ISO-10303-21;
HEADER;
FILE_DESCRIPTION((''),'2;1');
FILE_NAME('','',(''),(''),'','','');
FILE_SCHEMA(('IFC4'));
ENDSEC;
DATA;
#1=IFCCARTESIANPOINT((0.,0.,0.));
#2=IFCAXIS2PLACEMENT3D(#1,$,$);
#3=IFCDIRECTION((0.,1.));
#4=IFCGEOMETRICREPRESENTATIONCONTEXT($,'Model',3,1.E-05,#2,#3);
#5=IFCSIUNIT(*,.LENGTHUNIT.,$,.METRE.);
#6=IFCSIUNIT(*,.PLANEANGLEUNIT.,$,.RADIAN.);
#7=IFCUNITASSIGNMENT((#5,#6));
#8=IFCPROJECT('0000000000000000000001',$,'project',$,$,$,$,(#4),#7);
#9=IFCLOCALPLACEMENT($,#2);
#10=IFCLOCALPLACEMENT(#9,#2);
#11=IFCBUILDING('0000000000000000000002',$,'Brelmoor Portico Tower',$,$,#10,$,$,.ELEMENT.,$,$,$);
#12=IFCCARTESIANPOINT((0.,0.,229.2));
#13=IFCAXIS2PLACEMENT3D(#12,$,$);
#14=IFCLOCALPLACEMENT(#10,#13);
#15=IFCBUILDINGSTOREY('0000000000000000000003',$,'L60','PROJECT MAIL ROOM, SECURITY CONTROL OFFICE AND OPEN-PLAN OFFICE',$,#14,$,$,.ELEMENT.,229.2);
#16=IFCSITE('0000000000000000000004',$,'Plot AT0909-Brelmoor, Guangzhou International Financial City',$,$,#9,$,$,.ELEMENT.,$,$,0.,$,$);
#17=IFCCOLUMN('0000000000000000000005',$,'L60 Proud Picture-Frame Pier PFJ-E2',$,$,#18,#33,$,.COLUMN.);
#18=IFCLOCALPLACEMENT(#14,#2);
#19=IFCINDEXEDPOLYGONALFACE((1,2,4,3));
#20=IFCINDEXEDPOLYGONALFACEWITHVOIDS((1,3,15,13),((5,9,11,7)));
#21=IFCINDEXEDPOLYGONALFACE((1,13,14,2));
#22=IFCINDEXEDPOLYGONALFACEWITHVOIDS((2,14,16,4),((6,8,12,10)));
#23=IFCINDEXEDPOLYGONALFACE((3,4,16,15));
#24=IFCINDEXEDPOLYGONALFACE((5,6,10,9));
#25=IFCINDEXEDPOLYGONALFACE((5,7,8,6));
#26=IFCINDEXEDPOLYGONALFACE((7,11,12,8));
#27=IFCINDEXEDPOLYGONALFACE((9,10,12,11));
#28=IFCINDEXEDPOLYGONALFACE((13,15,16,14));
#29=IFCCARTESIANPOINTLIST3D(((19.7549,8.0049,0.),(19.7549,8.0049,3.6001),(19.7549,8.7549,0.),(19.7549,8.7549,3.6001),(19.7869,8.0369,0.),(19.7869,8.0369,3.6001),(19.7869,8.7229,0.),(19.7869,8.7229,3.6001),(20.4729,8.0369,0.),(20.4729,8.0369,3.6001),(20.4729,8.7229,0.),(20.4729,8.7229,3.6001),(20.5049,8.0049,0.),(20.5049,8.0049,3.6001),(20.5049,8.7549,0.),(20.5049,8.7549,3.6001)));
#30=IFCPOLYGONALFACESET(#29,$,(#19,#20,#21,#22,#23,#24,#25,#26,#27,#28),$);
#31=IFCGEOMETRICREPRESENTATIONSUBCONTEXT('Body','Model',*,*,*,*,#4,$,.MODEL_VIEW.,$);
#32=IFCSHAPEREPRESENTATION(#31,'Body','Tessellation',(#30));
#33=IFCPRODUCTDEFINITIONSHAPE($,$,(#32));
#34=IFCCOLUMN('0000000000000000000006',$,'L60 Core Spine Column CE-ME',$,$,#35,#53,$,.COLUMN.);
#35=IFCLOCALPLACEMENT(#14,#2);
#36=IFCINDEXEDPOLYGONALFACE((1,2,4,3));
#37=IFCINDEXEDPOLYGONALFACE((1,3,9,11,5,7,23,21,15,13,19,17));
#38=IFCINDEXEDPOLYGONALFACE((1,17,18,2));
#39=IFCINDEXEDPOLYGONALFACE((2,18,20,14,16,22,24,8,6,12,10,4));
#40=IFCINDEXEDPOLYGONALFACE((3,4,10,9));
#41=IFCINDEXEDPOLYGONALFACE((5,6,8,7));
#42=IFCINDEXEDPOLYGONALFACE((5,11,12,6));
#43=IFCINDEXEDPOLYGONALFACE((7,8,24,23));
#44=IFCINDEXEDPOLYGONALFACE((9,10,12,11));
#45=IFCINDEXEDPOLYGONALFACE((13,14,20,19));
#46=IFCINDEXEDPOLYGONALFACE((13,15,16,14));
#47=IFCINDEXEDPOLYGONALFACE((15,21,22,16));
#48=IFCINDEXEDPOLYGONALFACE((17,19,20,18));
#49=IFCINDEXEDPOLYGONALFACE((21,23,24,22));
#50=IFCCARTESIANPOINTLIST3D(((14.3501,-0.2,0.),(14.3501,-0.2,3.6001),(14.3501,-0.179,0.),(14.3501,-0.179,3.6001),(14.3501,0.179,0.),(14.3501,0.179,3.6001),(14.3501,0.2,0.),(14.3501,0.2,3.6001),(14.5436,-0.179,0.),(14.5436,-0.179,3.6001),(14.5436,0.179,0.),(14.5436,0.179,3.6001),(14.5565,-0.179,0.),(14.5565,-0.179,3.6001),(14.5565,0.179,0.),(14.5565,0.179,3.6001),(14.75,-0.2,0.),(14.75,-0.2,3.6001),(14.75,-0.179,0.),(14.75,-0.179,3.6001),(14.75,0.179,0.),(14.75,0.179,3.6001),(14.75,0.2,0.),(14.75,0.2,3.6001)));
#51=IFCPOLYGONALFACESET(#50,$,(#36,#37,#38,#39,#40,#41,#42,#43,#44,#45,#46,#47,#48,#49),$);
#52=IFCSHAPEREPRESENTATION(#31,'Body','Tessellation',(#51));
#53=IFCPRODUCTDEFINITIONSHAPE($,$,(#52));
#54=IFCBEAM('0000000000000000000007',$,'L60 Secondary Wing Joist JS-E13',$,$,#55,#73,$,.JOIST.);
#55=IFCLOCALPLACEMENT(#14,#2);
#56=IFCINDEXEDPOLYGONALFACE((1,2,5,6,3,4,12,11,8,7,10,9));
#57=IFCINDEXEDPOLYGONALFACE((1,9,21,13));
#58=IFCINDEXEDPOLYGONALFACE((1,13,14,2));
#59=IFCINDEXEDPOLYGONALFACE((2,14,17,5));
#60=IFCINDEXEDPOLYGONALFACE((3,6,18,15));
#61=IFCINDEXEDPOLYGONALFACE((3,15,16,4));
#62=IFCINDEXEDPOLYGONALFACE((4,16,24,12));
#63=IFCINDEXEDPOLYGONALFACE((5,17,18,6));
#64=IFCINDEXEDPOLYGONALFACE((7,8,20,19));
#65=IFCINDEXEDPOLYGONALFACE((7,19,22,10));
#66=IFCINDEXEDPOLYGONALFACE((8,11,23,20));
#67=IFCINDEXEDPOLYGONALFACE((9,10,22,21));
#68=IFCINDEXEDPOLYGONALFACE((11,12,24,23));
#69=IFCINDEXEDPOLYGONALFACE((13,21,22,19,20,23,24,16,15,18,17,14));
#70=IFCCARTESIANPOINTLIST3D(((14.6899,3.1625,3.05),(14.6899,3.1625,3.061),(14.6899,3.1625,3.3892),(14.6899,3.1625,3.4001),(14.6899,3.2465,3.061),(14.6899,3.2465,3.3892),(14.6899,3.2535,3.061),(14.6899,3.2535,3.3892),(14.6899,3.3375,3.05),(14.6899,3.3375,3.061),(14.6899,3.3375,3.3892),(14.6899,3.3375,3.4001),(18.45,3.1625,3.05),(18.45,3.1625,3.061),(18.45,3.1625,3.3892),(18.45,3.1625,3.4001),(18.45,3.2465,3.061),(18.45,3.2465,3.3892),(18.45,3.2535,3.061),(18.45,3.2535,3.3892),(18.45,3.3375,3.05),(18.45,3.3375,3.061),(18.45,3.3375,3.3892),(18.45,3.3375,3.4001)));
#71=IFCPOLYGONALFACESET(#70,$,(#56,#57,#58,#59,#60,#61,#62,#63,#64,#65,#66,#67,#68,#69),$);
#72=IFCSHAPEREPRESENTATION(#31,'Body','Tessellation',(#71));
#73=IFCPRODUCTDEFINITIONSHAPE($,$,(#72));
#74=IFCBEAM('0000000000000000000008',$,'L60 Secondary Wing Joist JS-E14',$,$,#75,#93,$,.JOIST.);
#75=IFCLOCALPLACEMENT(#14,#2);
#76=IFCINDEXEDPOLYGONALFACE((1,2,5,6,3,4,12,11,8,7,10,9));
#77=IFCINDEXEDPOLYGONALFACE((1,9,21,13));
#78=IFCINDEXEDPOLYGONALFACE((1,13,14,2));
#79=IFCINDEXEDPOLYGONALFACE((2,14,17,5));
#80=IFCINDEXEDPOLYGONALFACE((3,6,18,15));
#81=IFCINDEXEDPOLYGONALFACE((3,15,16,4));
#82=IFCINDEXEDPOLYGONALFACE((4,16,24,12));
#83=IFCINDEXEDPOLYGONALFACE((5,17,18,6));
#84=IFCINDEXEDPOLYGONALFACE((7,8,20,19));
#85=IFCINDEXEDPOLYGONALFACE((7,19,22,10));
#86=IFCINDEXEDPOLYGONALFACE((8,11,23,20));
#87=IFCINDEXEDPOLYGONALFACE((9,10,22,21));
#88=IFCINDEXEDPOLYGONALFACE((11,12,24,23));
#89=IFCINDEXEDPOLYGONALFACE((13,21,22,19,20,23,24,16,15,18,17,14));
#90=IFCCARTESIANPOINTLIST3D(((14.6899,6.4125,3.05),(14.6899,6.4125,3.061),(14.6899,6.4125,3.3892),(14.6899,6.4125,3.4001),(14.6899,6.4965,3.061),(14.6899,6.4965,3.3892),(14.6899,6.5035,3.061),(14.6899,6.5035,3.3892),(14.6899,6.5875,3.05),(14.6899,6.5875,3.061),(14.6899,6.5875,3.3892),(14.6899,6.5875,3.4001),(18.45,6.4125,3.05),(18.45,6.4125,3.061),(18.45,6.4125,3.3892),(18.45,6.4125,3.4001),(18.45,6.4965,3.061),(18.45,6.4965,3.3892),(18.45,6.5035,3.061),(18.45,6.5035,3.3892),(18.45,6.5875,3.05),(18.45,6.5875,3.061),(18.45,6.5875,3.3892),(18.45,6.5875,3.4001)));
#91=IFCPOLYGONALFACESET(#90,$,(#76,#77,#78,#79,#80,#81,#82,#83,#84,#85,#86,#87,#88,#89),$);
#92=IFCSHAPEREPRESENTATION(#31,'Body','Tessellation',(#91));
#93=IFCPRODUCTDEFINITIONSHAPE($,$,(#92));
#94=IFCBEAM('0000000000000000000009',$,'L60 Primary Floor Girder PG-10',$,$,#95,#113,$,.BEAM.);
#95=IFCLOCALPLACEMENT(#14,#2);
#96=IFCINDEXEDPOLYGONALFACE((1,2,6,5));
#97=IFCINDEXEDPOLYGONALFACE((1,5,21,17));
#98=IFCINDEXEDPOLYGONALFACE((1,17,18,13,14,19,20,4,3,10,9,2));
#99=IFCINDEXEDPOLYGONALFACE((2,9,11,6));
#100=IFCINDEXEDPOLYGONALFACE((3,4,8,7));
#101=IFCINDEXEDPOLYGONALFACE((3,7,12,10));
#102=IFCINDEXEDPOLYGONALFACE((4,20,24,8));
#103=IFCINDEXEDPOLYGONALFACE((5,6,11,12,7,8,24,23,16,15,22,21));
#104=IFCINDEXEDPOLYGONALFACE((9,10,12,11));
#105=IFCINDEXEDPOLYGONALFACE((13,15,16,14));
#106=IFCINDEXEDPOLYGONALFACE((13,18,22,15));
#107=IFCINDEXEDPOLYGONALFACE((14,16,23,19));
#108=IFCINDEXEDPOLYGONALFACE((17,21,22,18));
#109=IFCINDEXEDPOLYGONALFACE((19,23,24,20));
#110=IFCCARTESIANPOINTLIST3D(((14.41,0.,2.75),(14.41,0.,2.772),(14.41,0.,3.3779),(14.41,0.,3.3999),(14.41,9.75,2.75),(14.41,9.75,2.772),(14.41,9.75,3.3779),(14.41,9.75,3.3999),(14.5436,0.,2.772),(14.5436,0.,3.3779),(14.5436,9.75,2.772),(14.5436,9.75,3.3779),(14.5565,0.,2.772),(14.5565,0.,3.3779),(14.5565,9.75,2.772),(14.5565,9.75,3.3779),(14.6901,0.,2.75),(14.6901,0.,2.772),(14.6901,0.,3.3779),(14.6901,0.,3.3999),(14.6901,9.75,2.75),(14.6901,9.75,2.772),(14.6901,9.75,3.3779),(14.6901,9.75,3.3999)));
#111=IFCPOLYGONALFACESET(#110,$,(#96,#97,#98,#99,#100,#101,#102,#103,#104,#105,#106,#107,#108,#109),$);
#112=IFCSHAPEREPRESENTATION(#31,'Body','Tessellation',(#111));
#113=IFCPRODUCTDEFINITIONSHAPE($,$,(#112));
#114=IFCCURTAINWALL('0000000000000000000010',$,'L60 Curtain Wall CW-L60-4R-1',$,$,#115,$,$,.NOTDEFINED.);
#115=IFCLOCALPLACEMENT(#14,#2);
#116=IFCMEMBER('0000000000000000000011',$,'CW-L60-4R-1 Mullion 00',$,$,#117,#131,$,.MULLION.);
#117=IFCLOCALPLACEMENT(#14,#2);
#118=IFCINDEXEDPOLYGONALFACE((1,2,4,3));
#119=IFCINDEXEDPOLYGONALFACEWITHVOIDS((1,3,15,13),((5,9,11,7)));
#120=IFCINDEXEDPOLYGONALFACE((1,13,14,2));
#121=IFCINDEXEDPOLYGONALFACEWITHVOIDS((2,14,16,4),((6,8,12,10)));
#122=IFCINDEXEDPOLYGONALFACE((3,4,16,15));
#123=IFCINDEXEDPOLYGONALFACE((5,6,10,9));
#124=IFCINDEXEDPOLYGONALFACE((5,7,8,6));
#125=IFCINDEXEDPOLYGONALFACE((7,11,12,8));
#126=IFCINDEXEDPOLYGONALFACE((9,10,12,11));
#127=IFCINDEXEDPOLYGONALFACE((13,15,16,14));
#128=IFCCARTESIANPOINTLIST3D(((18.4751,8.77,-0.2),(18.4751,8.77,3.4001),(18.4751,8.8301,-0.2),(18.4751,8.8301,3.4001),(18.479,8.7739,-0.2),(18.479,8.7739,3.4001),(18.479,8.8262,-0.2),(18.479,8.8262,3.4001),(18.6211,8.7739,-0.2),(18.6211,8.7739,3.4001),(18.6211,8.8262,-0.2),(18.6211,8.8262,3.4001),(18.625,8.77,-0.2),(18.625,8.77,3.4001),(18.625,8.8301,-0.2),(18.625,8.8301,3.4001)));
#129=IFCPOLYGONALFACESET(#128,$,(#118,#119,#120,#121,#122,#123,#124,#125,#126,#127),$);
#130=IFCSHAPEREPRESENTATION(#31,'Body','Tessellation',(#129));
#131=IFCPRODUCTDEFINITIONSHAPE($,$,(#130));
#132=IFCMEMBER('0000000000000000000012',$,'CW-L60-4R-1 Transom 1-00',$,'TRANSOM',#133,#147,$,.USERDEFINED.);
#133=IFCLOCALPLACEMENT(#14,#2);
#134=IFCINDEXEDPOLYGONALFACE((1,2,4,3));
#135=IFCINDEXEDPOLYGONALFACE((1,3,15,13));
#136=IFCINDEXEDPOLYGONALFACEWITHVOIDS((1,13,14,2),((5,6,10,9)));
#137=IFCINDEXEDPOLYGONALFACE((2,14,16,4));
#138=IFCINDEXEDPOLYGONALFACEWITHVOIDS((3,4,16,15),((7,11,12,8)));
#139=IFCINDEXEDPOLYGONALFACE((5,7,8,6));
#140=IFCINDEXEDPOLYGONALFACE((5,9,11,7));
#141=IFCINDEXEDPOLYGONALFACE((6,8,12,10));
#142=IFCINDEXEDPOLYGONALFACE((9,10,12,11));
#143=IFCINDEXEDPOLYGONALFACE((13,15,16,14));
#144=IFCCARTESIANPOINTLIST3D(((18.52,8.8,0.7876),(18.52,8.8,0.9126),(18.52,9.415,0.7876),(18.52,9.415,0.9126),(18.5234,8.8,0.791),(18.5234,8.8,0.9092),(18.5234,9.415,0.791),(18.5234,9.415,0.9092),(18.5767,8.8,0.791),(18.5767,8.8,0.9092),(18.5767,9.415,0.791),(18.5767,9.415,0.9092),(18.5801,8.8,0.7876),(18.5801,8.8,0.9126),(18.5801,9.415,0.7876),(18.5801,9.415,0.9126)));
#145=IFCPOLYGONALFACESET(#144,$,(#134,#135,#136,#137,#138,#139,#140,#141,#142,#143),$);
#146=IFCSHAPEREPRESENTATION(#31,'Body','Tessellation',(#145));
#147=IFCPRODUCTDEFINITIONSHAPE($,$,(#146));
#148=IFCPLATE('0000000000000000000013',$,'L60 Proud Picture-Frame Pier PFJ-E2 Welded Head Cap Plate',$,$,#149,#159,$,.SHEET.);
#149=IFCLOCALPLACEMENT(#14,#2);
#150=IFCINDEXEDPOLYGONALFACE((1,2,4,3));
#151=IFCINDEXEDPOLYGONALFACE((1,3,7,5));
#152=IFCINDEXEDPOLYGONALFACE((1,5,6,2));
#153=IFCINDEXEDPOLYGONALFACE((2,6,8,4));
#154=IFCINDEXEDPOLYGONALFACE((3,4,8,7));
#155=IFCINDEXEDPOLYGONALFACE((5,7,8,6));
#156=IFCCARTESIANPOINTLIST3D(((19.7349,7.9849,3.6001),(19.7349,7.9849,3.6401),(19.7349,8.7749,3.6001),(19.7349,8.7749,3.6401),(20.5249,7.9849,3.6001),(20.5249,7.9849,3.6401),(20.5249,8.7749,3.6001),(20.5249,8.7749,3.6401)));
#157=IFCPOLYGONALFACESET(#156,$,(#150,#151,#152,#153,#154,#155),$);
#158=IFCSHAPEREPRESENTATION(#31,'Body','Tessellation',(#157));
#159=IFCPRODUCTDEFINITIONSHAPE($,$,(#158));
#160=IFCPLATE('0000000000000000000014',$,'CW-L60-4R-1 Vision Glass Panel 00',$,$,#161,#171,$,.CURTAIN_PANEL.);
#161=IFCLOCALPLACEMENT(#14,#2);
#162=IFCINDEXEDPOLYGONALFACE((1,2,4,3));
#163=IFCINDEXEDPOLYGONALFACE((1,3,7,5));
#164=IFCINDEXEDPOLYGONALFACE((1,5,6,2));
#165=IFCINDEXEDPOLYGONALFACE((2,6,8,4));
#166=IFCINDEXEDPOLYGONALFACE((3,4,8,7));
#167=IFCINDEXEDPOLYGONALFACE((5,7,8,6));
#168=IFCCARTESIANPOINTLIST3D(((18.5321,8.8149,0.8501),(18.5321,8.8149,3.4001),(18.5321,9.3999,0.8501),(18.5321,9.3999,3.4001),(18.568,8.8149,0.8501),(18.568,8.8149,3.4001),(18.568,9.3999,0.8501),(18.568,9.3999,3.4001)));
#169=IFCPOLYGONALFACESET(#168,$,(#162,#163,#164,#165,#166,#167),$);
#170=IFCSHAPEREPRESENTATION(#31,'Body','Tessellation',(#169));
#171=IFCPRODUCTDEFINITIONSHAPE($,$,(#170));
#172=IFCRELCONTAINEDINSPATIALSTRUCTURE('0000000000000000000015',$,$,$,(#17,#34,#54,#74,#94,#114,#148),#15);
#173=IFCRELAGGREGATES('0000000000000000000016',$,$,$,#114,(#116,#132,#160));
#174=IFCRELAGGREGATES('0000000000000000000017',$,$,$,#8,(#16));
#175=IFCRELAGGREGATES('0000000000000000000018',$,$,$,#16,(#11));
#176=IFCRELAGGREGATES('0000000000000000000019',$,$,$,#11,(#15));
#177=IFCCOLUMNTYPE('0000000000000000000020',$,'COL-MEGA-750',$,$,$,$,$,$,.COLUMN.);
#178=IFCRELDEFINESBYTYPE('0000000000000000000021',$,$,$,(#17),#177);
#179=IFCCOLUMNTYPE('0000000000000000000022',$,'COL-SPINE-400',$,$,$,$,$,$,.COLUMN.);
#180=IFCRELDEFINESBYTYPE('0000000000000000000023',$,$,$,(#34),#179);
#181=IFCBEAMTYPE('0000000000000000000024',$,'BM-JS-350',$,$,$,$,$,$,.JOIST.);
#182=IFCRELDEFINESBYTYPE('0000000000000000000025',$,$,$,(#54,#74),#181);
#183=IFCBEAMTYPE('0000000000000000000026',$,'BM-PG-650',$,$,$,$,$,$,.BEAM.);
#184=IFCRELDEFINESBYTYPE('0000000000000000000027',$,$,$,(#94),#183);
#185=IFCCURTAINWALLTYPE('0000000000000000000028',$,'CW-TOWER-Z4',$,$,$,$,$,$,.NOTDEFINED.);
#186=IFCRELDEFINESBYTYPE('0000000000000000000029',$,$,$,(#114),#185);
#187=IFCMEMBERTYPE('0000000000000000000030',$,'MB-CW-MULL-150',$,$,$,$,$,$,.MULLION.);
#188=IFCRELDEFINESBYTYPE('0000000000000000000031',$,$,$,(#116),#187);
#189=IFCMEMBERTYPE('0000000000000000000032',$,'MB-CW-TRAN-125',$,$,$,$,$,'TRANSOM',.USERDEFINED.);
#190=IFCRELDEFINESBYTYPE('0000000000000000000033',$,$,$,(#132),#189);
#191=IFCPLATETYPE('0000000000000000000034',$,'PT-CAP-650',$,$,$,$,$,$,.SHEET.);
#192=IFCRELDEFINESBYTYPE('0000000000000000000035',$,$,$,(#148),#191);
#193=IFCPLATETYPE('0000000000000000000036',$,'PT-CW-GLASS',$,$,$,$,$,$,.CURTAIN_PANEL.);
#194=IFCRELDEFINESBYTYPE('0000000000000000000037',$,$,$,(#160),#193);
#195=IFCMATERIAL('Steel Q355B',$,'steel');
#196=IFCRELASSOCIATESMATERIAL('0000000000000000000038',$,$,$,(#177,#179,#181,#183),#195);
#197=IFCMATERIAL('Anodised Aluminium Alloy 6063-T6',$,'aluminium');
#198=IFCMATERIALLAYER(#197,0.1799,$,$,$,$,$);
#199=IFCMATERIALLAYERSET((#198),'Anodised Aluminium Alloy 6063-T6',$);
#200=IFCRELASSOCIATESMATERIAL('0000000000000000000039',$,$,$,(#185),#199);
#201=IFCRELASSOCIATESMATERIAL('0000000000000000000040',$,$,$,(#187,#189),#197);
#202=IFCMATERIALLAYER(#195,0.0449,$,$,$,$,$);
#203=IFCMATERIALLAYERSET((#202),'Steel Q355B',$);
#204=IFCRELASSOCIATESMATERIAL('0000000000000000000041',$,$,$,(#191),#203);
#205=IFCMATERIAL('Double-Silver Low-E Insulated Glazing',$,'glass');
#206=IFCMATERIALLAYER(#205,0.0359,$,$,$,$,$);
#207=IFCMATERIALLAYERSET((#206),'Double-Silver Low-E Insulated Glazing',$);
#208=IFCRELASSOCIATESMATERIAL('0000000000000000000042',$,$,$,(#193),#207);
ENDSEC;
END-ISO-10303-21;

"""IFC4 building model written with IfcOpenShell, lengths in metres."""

from ifc_helpers import new_model, si_unit, direction, frame, origin, origin_2d, place, context, subcontext, project, spatial, rectangle, hollow_rectangle, i_section, extrude, material, layer, layer_set, material_profile, profile_set, type_object, element, aggregate, save


model = new_model("IFC4")

# Units and contexts
model_context = context("Model", 3, precision=1e-05, world=origin(), true_north=direction((0.0, 1.0)))
body_context = subcontext(model_context, "Body", "Model", "MODEL_VIEW")
ifc_project = project(units=[si_unit("LENGTHUNIT", "METRE"), si_unit("PLANEANGLEUNIT", "RADIAN")], contexts=[model_context])

# Site, building, storey
site_placement = place(None, origin())
site = spatial("IfcSite", under=ifc_project, at=site_placement, Name="Plot AT0909-Brelmoor, Guangzhou International Financial City", CompositionType="ELEMENT", RefElevation=0.0)
building_placement = place(site_placement, origin())
building = spatial("IfcBuilding", under=site, at=building_placement, Name="Brelmoor Portico Tower", CompositionType="ELEMENT")
storey_placement = place(building_placement, frame((0.0, 0.0, 229.2)))
storey = spatial("IfcBuildingStorey", under=building, at=storey_placement, Name="L60", Description="PROJECT MAIL ROOM, SECURITY CONTROL OFFICE AND OPEN-PLAN OFFICE", CompositionType="ELEMENT", Elevation=229.2)

# Columns
ifc_material_1 = material(Name="Steel Q355B", Category="steel")
ifc_material_profile_1 = material_profile(ifc_material_1, hollow_rectangle(XDim=0.75, YDim=0.75, WallThickness=0.032, at=origin_2d()), Name="BOX 750x750x32")
ifc_profile_set_1 = profile_set([ifc_material_profile_1], Name="Steel Q355B")
column_type_1 = type_object("IfcColumnType", Name="COL-MEGA-750", PredefinedType="COLUMN", material=ifc_profile_set_1)
column_1_placement = place(storey_placement, frame((20.1299, 8.3799, 0.0), z_axis=(0.0, 0.0, 1.0), x_axis=(0.0, 1.0, 0.0)))
element("IfcColumn", 1, at=column_1_placement, inside=storey, type_object=column_type_1, Name="L60 Proud Picture-Frame Pier PFJ-E2", PredefinedType="COLUMN", context=body_context, shape_type="SweptSolid", body=[
    extrude(hollow_rectangle(XDim=0.75, YDim=0.75, WallThickness=0.032, at=origin_2d()), origin(), (0.0, 0.0, 1.0), 3.6001),
])
ifc_material_profile_2 = material_profile(ifc_material_1, i_section(OverallWidth=0.3999, OverallDepth=0.3999, WebThickness=0.0129, FlangeThickness=0.021, at=origin_2d()), Name="HW 400x400x13x21")
ifc_profile_set_2 = profile_set([ifc_material_profile_2], Name="Steel Q355B")
column_type_2 = type_object("IfcColumnType", Name="COL-SPINE-400", PredefinedType="COLUMN", material=ifc_profile_set_2)
column_2_placement = place(storey_placement, frame((14.55, 0.0, 0.0), z_axis=(0.0, 0.0, 1.0), x_axis=(1.0, 0.0, 0.0)))
element("IfcColumn", 2, at=column_2_placement, inside=storey, type_object=column_type_2, Name="L60 Core Spine Column CE-ME", PredefinedType="COLUMN", context=body_context, shape_type="SweptSolid", body=[
    extrude(i_section(OverallWidth=0.3999, OverallDepth=0.3999, WebThickness=0.0129, FlangeThickness=0.021, at=origin_2d()), origin(), (0.0, 0.0, 1.0), 3.6001),
])

# Beams
ifc_material_profile_3 = material_profile(ifc_material_1, i_section(OverallWidth=0.175, OverallDepth=0.3501, WebThickness=0.0071, FlangeThickness=0.011, at=origin_2d()), Name="HN 350x175x7x11")
ifc_profile_set_3 = profile_set([ifc_material_profile_3], Name="Steel Q355B")
beam_type_1 = type_object("IfcBeamType", Name="BM-JS-350", PredefinedType="JOIST", material=ifc_profile_set_3)
for number, where, z_axis, x_axis, name in (
    (3, (14.6899, 3.25, 3.2251), (1.0, 0.0, 0.0), (0.0, 1.0, 0.0), "L60 Secondary Wing Joist JS-E13"),
    (4, (14.6899, 6.5, 3.2251), (1.0, 0.0, 0.0), (0.0, 1.0, 0.0), "L60 Secondary Wing Joist JS-E14"),
):
    element("IfcBeam", number, at=place(storey_placement, frame(where, z_axis=z_axis, x_axis=x_axis)), inside=storey, type_object=beam_type_1, Name=name, PredefinedType="JOIST", context=body_context, shape_type="SweptSolid", body=[
        extrude(i_section(OverallWidth=0.175, OverallDepth=0.3501, WebThickness=0.0071, FlangeThickness=0.011, at=origin_2d()), origin(), (0.0, 0.0, 1.0), 3.76),
    ])
ifc_material_profile_4 = material_profile(ifc_material_1, i_section(OverallWidth=0.28, OverallDepth=0.6499, WebThickness=0.0129, FlangeThickness=0.022, at=origin_2d()), Name="HN 650x280x13x22")
ifc_profile_set_4 = profile_set([ifc_material_profile_4], Name="Steel Q355B")
beam_type_2 = type_object("IfcBeamType", Name="BM-PG-650", PredefinedType="BEAM", material=ifc_profile_set_4)
beam_placement = place(storey_placement, frame((14.55, 0.0, 3.075), z_axis=(0.0, 1.0, 0.0), x_axis=(-1.0, 0.0, 0.0)))
element("IfcBeam", 5, at=beam_placement, inside=storey, type_object=beam_type_2, Name="L60 Primary Floor Girder PG-10", PredefinedType="BEAM", context=body_context, shape_type="SweptSolid", body=[
    extrude(i_section(OverallWidth=0.28, OverallDepth=0.6499, WebThickness=0.0129, FlangeThickness=0.022, at=origin_2d()), origin(), (0.0, 0.0, 1.0), 9.75),
])

# Curtain wall, members
ifc_material_2 = material(Name="Anodised Aluminium Alloy 6063-T6", Category="aluminium")
ifc_layer_1 = layer(ifc_material_2, 0.1799)
ifc_layer_set_1 = layer_set([ifc_layer_1], Name="Anodised Aluminium Alloy 6063-T6")
curtain_wall_type = type_object("IfcCurtainWallType", Name="CW-TOWER-Z4", PredefinedType="NOTDEFINED", material=ifc_layer_set_1)
curtain_wall_placement = place(storey_placement, origin())
curtain_wall = element("IfcCurtainWall", 6, at=curtain_wall_placement, inside=storey, type_object=curtain_wall_type, Name="L60 Curtain Wall CW-L60-4R-1", PredefinedType="NOTDEFINED")
ifc_material_profile_5 = material_profile(ifc_material_2, hollow_rectangle(XDim=0.0601, YDim=0.1499, WallThickness=0.0039, at=origin_2d()), Name="ALU MULLION 60x150")
ifc_profile_set_5 = profile_set([ifc_material_profile_5], Name="Anodised Aluminium Alloy 6063-T6")
member_type_1 = type_object("IfcMemberType", Name="MB-CW-MULL-150", PredefinedType="MULLION", material=ifc_profile_set_5)
member_1_placement = place(storey_placement, frame((18.55, 8.8, -0.2), z_axis=(0.0, 0.0, 1.0), x_axis=(0.0, 1.0, 0.0)))
member_1 = element("IfcMember", 7, at=member_1_placement, type_object=member_type_1, Name="CW-L60-4R-1 Mullion 00", PredefinedType="MULLION", context=body_context, shape_type="SweptSolid", body=[
    extrude(hollow_rectangle(XDim=0.0601, YDim=0.1499, WallThickness=0.0039, at=origin_2d()), origin(), (0.0, 0.0, 1.0), 3.6001),
])
ifc_material_profile_6 = material_profile(ifc_material_2, hollow_rectangle(XDim=0.0601, YDim=0.125, WallThickness=0.0034, at=origin_2d()), Name="ALU TRANSOM 60x125")
ifc_profile_set_6 = profile_set([ifc_material_profile_6], Name="Anodised Aluminium Alloy 6063-T6")
member_type_2 = type_object("IfcMemberType", Name="MB-CW-TRAN-125", ElementType="TRANSOM", PredefinedType="USERDEFINED", material=ifc_profile_set_6)
member_2_placement = place(storey_placement, frame((18.55, 8.8, 0.8501), z_axis=(0.0, 1.0, 0.0), x_axis=(-1.0, 0.0, 0.0)))
member_2 = element("IfcMember", 8, at=member_2_placement, type_object=member_type_2, Name="CW-L60-4R-1 Transom 1-00", ObjectType="TRANSOM", PredefinedType="USERDEFINED", context=body_context, shape_type="SweptSolid", body=[
    extrude(hollow_rectangle(XDim=0.0601, YDim=0.125, WallThickness=0.0034, at=origin_2d()), origin(), (0.0, 0.0, 1.0), 0.615),
])

# Plates
ifc_layer_2 = layer(ifc_material_1, 0.0449)
ifc_layer_set_2 = layer_set([ifc_layer_2], Name="Steel Q355B")
plate_type_1 = type_object("IfcPlateType", Name="PT-CAP-650", PredefinedType="SHEET", material=ifc_layer_set_2)
plate_1_placement = place(storey_placement, frame((20.1299, 8.3799, 3.6001), z_axis=(0.0, 0.0, 1.0), x_axis=(0.0, 1.0, 0.0)))
element("IfcPlate", 9, at=plate_1_placement, inside=storey, type_object=plate_type_1, Name="L60 Proud Picture-Frame Pier PFJ-E2 Welded Head Cap Plate", PredefinedType="SHEET", context=body_context, shape_type="SweptSolid", body=[
    extrude(rectangle(XDim=0.79, YDim=0.79, at=origin_2d()), origin(), (0.0, 0.0, 1.0), 0.04),
])
ifc_material_3 = material(Name="Double-Silver Low-E Insulated Glazing", Category="glass")
ifc_layer_3 = layer(ifc_material_3, 0.0359)
ifc_layer_set_3 = layer_set([ifc_layer_3], Name="Double-Silver Low-E Insulated Glazing")
plate_type_2 = type_object("IfcPlateType", Name="PT-CW-GLASS", PredefinedType="CURTAIN_PANEL", material=ifc_layer_set_3)
plate_2_placement = place(storey_placement, frame((18.55, 9.1074, 0.8501), z_axis=(0.0, 0.0, 1.0), x_axis=(0.0, 1.0, 0.0)))
plate_2 = element("IfcPlate", 10, at=plate_2_placement, type_object=plate_type_2, Name="CW-L60-4R-1 Vision Glass Panel 00", PredefinedType="CURTAIN_PANEL", context=body_context, shape_type="SweptSolid", body=[
    extrude(rectangle(XDim=0.585, YDim=0.0359, at=origin_2d()), origin(), (0.0, 0.0, 1.0), 2.55),
])
aggregate(curtain_wall, [member_1, member_2, plate_2])

save(model, "model.ifc")
